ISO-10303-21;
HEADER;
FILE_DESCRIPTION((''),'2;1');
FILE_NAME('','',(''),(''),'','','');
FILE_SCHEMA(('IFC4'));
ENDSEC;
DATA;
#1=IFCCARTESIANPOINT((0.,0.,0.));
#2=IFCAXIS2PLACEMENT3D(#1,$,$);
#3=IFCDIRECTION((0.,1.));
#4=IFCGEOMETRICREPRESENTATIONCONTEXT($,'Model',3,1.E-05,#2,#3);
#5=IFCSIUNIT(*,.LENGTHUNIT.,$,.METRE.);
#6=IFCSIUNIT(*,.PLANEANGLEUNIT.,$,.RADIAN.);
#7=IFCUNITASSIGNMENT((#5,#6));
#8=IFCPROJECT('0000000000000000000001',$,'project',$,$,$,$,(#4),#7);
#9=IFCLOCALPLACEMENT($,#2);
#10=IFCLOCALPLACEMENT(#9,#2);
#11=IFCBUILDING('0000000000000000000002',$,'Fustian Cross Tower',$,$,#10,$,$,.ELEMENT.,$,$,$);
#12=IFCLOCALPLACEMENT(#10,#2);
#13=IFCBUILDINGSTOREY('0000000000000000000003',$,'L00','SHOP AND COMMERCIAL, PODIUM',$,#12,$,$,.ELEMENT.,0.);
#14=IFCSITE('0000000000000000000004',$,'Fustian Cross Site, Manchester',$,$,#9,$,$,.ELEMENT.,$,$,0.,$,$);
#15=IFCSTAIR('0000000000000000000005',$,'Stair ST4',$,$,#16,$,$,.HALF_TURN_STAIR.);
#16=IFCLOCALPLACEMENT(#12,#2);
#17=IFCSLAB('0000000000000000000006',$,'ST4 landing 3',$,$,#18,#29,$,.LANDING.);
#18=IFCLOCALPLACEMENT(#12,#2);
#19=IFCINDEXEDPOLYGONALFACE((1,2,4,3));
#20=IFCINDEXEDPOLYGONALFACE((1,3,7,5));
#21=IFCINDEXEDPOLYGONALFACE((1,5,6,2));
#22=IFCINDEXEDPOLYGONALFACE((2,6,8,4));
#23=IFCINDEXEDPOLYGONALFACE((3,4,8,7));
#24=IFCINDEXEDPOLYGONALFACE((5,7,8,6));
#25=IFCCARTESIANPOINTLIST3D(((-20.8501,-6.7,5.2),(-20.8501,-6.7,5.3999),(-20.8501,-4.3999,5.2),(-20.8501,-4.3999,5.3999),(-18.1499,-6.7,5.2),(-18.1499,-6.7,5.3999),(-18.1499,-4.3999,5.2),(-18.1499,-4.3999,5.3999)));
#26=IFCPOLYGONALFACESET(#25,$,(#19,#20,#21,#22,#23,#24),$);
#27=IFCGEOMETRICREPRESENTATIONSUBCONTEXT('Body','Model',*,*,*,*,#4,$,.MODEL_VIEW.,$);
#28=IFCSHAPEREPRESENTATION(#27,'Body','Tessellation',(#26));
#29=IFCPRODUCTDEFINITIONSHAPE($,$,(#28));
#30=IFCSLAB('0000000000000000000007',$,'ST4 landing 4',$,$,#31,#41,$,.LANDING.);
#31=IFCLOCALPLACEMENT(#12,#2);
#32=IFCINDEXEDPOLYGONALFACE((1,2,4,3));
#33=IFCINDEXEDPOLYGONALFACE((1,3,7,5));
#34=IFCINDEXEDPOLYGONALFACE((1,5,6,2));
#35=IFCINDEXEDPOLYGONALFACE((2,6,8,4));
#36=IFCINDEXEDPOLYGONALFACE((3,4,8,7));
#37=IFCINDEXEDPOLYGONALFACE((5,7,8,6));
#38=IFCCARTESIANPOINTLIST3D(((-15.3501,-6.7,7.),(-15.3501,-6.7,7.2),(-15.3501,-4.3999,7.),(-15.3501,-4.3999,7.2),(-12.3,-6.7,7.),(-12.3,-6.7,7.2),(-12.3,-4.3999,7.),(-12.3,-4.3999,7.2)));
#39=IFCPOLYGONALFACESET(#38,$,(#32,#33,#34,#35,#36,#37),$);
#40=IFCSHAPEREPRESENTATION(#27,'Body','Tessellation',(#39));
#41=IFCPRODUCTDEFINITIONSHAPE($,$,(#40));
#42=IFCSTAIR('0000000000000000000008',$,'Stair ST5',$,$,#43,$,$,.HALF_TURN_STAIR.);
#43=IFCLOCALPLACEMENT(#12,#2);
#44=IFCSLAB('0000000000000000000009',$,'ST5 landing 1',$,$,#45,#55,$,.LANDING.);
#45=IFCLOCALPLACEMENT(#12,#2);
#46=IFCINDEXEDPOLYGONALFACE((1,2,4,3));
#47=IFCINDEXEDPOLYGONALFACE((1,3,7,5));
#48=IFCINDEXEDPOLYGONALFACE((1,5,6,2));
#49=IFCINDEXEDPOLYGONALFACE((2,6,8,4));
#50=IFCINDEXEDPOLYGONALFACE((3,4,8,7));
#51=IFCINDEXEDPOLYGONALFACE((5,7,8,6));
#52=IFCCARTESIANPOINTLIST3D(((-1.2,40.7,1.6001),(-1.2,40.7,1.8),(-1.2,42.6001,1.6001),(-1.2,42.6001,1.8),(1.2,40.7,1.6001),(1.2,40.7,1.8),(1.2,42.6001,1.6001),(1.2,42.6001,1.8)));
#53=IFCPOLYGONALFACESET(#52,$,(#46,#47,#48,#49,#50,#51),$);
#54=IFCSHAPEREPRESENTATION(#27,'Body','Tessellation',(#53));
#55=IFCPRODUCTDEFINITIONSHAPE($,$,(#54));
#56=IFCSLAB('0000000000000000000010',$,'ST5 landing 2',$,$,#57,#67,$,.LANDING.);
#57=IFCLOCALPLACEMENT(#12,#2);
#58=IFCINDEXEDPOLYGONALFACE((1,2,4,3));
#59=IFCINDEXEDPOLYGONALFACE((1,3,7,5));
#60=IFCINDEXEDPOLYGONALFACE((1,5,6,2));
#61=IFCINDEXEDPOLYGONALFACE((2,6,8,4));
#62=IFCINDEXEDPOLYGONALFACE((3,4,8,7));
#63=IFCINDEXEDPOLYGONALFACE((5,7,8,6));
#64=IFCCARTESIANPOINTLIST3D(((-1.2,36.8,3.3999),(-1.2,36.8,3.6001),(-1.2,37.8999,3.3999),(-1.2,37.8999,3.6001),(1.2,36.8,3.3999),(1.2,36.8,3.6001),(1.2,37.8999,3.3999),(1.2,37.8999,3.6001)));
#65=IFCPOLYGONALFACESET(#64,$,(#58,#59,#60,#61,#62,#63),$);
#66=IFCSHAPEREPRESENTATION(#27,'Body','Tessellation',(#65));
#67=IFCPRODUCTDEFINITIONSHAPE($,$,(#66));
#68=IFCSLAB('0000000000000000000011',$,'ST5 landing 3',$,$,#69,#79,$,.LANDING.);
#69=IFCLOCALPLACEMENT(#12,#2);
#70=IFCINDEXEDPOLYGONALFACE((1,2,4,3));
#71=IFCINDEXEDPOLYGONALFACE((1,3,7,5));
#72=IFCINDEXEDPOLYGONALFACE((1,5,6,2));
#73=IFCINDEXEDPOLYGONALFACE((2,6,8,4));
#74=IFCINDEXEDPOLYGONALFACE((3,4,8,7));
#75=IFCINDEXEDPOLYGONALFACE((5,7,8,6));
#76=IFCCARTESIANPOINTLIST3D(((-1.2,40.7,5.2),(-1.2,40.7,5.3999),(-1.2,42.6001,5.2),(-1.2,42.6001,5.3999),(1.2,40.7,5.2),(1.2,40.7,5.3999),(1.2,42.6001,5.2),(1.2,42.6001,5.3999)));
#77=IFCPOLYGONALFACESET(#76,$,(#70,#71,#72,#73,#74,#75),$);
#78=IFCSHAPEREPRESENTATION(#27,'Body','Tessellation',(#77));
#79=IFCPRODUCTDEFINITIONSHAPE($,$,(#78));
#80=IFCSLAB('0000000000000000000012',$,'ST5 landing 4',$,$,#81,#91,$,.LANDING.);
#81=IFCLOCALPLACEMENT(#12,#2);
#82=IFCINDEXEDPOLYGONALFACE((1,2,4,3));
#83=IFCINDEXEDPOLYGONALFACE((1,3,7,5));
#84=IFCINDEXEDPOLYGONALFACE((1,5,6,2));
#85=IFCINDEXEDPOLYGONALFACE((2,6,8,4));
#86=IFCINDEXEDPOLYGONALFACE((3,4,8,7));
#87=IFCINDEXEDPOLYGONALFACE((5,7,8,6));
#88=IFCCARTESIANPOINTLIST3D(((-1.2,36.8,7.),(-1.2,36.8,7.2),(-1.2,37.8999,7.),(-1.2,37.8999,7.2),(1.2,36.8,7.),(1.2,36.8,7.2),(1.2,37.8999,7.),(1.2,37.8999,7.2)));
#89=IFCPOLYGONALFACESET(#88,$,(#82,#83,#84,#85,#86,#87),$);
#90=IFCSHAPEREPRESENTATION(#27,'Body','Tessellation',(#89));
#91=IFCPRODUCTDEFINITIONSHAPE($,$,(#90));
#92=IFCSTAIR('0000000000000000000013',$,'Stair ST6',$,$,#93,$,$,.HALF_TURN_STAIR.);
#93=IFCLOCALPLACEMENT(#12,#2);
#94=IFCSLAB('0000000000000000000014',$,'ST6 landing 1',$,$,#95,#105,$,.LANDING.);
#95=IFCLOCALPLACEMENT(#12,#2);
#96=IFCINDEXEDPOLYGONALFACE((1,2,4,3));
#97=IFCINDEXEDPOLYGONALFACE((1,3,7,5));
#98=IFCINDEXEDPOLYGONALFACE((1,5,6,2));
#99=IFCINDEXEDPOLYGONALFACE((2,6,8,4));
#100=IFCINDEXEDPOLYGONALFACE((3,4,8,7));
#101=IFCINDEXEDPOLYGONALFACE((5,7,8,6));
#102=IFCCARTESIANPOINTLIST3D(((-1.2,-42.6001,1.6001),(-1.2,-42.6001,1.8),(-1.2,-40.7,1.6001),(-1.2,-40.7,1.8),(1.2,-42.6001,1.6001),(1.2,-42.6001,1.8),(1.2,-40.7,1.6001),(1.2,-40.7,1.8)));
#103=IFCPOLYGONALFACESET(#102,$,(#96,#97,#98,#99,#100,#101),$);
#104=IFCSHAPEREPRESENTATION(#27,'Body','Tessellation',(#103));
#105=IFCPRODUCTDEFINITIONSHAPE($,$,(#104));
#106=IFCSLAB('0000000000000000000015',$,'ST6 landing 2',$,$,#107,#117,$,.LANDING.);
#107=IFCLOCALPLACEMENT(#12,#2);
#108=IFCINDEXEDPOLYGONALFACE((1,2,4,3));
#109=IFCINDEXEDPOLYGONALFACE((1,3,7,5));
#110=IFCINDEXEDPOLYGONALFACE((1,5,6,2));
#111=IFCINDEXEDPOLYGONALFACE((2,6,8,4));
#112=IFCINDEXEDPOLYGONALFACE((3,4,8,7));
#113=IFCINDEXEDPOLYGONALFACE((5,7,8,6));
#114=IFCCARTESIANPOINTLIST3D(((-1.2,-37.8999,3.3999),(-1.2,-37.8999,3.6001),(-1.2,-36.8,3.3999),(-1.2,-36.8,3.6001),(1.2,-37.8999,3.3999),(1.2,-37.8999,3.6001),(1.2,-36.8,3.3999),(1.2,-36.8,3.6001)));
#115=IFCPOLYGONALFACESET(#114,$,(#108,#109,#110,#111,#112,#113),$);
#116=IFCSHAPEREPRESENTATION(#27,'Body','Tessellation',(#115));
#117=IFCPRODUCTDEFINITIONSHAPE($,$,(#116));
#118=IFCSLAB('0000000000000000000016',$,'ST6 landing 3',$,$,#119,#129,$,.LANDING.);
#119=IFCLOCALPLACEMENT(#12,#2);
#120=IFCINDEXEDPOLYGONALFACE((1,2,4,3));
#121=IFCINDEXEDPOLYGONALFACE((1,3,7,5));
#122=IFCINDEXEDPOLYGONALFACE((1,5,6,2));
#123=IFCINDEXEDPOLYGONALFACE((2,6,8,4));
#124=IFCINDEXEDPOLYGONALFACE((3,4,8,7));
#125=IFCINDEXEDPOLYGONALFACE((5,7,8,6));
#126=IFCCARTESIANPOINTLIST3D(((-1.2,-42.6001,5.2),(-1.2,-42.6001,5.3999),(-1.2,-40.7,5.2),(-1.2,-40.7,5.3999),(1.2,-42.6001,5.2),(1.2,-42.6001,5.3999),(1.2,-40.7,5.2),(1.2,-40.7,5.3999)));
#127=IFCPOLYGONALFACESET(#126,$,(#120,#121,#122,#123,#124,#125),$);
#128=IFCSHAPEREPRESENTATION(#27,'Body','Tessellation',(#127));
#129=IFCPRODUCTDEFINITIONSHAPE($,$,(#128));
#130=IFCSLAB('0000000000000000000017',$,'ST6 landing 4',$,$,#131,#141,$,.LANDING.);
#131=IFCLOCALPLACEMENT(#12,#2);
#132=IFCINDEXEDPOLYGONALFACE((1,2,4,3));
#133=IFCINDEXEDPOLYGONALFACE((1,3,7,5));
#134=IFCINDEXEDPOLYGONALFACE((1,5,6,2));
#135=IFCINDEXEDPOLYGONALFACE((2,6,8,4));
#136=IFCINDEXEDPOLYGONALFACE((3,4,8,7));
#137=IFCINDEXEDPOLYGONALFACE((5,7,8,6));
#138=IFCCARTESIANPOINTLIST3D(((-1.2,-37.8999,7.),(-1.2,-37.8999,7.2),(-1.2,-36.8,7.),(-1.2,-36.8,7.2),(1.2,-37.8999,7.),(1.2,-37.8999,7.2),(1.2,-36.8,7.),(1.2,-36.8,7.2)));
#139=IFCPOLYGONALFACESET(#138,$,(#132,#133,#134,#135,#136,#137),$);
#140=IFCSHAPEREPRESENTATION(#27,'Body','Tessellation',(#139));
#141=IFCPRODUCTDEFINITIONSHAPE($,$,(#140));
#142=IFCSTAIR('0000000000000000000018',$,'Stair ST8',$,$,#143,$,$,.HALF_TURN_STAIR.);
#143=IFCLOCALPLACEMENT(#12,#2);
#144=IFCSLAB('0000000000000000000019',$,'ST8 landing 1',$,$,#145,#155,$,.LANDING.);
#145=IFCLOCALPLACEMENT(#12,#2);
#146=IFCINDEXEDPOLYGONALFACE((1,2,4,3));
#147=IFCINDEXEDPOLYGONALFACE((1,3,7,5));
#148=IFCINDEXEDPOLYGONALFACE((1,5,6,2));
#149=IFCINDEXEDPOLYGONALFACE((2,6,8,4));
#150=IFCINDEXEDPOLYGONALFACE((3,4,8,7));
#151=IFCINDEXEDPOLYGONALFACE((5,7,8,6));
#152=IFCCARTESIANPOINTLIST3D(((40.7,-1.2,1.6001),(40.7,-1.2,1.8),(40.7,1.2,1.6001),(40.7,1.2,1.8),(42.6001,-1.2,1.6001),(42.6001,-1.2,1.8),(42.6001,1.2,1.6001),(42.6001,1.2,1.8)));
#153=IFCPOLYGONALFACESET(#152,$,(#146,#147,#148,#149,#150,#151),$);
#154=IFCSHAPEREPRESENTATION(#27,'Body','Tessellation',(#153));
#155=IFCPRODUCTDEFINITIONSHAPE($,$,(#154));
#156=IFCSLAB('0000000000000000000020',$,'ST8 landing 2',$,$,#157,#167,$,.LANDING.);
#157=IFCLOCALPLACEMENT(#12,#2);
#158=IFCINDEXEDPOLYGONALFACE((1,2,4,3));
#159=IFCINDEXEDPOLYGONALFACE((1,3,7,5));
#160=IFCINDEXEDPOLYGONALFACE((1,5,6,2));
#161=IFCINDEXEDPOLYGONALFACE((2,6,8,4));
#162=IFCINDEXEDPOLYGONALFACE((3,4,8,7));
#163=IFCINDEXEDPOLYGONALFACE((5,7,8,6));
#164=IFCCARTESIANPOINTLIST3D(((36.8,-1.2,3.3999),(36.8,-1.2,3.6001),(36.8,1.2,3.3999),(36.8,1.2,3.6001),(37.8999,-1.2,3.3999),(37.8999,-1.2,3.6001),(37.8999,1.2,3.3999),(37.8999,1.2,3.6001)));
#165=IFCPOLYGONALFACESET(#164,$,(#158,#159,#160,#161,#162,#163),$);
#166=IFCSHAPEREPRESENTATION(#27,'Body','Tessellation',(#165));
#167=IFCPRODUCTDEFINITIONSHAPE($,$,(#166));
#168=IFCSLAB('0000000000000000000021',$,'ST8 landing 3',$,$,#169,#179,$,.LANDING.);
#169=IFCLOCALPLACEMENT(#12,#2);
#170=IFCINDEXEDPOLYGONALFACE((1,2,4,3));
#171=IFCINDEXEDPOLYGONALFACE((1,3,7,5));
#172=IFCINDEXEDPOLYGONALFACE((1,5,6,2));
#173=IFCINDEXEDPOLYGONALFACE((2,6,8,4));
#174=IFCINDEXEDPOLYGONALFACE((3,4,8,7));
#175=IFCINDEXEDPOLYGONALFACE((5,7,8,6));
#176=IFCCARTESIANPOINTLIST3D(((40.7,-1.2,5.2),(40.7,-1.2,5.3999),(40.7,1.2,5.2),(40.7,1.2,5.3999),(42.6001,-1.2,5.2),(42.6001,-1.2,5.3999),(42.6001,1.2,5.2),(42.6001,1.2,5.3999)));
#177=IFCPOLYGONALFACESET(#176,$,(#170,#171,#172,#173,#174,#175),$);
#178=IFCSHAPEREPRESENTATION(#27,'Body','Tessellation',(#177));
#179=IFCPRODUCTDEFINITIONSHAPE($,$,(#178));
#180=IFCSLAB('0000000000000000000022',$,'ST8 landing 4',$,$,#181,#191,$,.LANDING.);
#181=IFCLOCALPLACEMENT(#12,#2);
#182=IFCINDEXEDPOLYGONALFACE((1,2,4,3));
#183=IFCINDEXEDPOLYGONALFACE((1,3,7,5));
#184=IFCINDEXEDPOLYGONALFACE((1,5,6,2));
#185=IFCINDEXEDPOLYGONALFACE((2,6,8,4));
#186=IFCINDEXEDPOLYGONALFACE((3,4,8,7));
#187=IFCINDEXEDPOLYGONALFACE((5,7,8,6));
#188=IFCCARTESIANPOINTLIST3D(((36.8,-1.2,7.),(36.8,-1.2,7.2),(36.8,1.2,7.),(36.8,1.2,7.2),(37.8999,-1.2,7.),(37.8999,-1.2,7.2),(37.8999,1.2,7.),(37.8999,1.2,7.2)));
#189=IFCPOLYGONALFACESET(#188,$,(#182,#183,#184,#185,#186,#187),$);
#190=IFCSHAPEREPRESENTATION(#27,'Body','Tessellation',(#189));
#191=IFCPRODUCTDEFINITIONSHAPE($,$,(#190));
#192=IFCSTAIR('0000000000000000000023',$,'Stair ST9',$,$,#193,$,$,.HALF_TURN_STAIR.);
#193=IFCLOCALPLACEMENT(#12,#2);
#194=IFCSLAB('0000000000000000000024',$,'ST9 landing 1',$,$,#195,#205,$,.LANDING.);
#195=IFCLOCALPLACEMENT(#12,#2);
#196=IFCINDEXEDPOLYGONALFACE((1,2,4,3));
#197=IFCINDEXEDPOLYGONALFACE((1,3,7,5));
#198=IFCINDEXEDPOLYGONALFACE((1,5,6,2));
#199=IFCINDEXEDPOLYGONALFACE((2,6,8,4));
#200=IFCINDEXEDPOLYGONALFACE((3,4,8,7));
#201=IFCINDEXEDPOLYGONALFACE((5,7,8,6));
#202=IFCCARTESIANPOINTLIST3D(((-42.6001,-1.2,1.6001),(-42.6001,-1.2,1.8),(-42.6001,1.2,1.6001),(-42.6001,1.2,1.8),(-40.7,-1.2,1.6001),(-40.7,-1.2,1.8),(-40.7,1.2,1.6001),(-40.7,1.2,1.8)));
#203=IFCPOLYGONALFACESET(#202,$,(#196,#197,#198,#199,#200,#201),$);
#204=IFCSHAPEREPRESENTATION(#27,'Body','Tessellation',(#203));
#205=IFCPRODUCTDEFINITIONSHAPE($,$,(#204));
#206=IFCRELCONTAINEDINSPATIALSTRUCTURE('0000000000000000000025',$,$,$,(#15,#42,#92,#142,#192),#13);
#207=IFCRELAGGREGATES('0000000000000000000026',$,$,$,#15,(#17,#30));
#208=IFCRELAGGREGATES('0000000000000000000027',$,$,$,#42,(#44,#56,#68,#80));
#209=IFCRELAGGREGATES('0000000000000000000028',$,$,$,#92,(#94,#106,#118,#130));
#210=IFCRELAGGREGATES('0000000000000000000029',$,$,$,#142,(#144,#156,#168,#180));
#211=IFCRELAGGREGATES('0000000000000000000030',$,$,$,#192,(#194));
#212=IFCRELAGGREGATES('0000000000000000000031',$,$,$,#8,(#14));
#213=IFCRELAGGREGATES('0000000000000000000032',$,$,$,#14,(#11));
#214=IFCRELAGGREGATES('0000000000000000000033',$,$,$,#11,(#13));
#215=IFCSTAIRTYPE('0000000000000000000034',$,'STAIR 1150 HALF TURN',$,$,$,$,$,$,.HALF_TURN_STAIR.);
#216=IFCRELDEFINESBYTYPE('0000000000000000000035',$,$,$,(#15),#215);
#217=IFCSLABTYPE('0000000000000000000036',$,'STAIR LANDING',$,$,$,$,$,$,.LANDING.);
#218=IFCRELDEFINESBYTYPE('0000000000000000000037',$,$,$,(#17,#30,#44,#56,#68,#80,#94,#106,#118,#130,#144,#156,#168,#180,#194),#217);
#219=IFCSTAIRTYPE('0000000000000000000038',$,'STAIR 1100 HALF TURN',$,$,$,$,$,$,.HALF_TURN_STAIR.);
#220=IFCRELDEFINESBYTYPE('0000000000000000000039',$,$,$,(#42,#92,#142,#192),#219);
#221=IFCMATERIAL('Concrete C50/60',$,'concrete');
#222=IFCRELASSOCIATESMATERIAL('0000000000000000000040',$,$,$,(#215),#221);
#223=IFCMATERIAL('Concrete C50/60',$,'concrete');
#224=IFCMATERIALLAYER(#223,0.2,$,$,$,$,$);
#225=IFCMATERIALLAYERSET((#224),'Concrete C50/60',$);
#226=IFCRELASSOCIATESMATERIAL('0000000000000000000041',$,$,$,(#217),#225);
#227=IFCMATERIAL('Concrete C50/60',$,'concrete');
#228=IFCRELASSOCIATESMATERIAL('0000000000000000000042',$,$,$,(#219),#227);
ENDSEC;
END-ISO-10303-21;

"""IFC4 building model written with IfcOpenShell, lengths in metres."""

from ifc_helpers import new_model, si_unit, direction, frame, origin, place, context, subcontext, project, spatial, polyline, outline, extrude, material, layer, layer_set, type_object, element, aggregate, save


model = new_model("IFC4")

# Units and contexts
model_context = context("Model", 3, precision=1e-05, world=origin(), true_north=direction((0.0, 1.0)))
body_context = subcontext(model_context, "Body", "Model", "MODEL_VIEW")
ifc_project = project(units=[si_unit("LENGTHUNIT", "METRE"), si_unit("PLANEANGLEUNIT", "RADIAN")], contexts=[model_context])

# Site, building, storey
site_placement = place(None, origin())
site = spatial("IfcSite", under=ifc_project, at=site_placement, Name="Fustian Cross Site, Manchester", CompositionType="ELEMENT", RefElevation=0.0)
building_placement = place(site_placement, origin())
building = spatial("IfcBuilding", under=site, at=building_placement, Name="Fustian Cross Tower", CompositionType="ELEMENT")
storey_placement = place(building_placement, origin())
storey = spatial("IfcBuildingStorey", under=building, at=storey_placement, Name="L00", Description="SHOP AND COMMERCIAL, PODIUM", CompositionType="ELEMENT", Elevation=0.0)

# Stairs, slabs
ifc_material_1 = material(Name="Concrete C50/60", Category="concrete")
stair_type_1 = type_object("IfcStairType", Name="STAIR 1150 HALF TURN", PredefinedType="HALF_TURN_STAIR", material=ifc_material_1)
ifc_material_2 = material(Name="Concrete C50/60", Category="concrete")
ifc_layer_1 = layer(ifc_material_2, 0.2)
ifc_layer_set_1 = layer_set([ifc_layer_1], Name="Concrete C50/60")
slab_type = type_object("IfcSlabType", Name="STAIR LANDING", PredefinedType="LANDING", material=ifc_layer_set_1)
stair_1_placement = place(storey_placement, origin())
stair_1 = element("IfcStair", 1, at=stair_1_placement, inside=storey, type_object=stair_type_1, Name="Stair ST4", PredefinedType="HALF_TURN_STAIR")
slab_1_placement = place(storey_placement, frame((0.0, 0.0, 5.2)))
slab_1 = element("IfcSlab", 2, at=slab_1_placement, type_object=slab_type, Name="ST4 landing 3", PredefinedType="LANDING", context=body_context, shape_type="SweptSolid", body=[
    extrude(outline(polyline([(-18.1499, -4.3999), (-20.8501, -4.3999), (-20.8501, -6.7), (-18.1499, -6.7), (-18.1499, -4.3999)])), origin(), (0.0, 0.0, 1.0), 0.2),
])
slab_2_placement = place(storey_placement, frame((0.0, 0.0, 7.0)))
slab_2 = element("IfcSlab", 3, at=slab_2_placement, type_object=slab_type, Name="ST4 landing 4", PredefinedType="LANDING", context=body_context, shape_type="SweptSolid", body=[
    extrude(outline(polyline([(-12.3, -4.3999), (-15.3501, -4.3999), (-15.3501, -6.7), (-12.3, -6.7), (-12.3, -4.3999)])), origin(), (0.0, 0.0, 1.0), 0.2),
])
aggregate(stair_1, [slab_1, slab_2])
ifc_material_3 = material(Name="Concrete C50/60", Category="concrete")
stair_type_2 = type_object("IfcStairType", Name="STAIR 1100 HALF TURN", PredefinedType="HALF_TURN_STAIR", material=ifc_material_3)
stair_2_placement = place(storey_placement, origin())
stair_2 = element("IfcStair", 4, at=stair_2_placement, inside=storey, type_object=stair_type_2, Name="Stair ST5", PredefinedType="HALF_TURN_STAIR")
slab_3_placement = place(storey_placement, frame((0.0, 0.0, 1.6001)))
slab_3 = element("IfcSlab", 5, at=slab_3_placement, type_object=slab_type, Name="ST5 landing 1", PredefinedType="LANDING", context=body_context, shape_type="SweptSolid", body=[
    extrude(outline(polyline([(-1.2, 40.7), (-1.2, 42.6001), (1.2, 42.6001), (1.2, 40.7), (-1.2, 40.7)])), origin(), (0.0, 0.0, 1.0), 0.2),
])
slab_4_placement = place(storey_placement, frame((0.0, 0.0, 3.3999)))
slab_4 = element("IfcSlab", 6, at=slab_4_placement, type_object=slab_type, Name="ST5 landing 2", PredefinedType="LANDING", context=body_context, shape_type="SweptSolid", body=[
    extrude(outline(polyline([(-1.2, 36.8), (-1.2, 37.8999), (1.2, 37.8999), (1.2, 36.8), (-1.2, 36.8)])), origin(), (0.0, 0.0, 1.0), 0.2002),
])
slab_5_placement = place(storey_placement, frame((0.0, 0.0, 5.2)))
slab_5 = element("IfcSlab", 7, at=slab_5_placement, type_object=slab_type, Name="ST5 landing 3", PredefinedType="LANDING", context=body_context, shape_type="SweptSolid", body=[
    extrude(outline(polyline([(-1.2, 40.7), (-1.2, 42.6001), (1.2, 42.6001), (1.2, 40.7), (-1.2, 40.7)])), origin(), (0.0, 0.0, 1.0), 0.2),
])
slab_6_placement = place(storey_placement, frame((0.0, 0.0, 7.0)))
slab_6 = element("IfcSlab", 8, at=slab_6_placement, type_object=slab_type, Name="ST5 landing 4", PredefinedType="LANDING", context=body_context, shape_type="SweptSolid", body=[
    extrude(outline(polyline([(-1.2, 36.8), (-1.2, 37.8999), (1.2, 37.8999), (1.2, 36.8), (-1.2, 36.8)])), origin(), (0.0, 0.0, 1.0), 0.2),
])
aggregate(stair_2, [slab_3, slab_4, slab_5, slab_6])
stair_3_placement = place(storey_placement, origin())
stair_3 = element("IfcStair", 9, at=stair_3_placement, inside=storey, type_object=stair_type_2, Name="Stair ST6", PredefinedType="HALF_TURN_STAIR")
slab_7_placement = place(storey_placement, frame((0.0, 0.0, 1.6001)))
slab_7 = element("IfcSlab", 10, at=slab_7_placement, type_object=slab_type, Name="ST6 landing 1", PredefinedType="LANDING", context=body_context, shape_type="SweptSolid", body=[
    extrude(outline(polyline([(-1.2, -40.7), (-1.2, -42.6001), (1.2, -42.6001), (1.2, -40.7), (-1.2, -40.7)])), origin(), (0.0, 0.0, 1.0), 0.2),
])
slab_8_placement = place(storey_placement, frame((0.0, 0.0, 3.3999)))
slab_8 = element("IfcSlab", 11, at=slab_8_placement, type_object=slab_type, Name="ST6 landing 2", PredefinedType="LANDING", context=body_context, shape_type="SweptSolid", body=[
    extrude(outline(polyline([(-1.2, -36.8), (-1.2, -37.8999), (1.2, -37.8999), (1.2, -36.8), (-1.2, -36.8)])), origin(), (0.0, 0.0, 1.0), 0.2002),
])
slab_9_placement = place(storey_placement, frame((0.0, 0.0, 5.2)))
slab_9 = element("IfcSlab", 12, at=slab_9_placement, type_object=slab_type, Name="ST6 landing 3", PredefinedType="LANDING", context=body_context, shape_type="SweptSolid", body=[
    extrude(outline(polyline([(-1.2, -40.7), (-1.2, -42.6001), (1.2, -42.6001), (1.2, -40.7), (-1.2, -40.7)])), origin(), (0.0, 0.0, 1.0), 0.2),
])
slab_10_placement = place(storey_placement, frame((0.0, 0.0, 7.0)))
slab_10 = element("IfcSlab", 13, at=slab_10_placement, type_object=slab_type, Name="ST6 landing 4", PredefinedType="LANDING", context=body_context, shape_type="SweptSolid", body=[
    extrude(outline(polyline([(-1.2, -36.8), (-1.2, -37.8999), (1.2, -37.8999), (1.2, -36.8), (-1.2, -36.8)])), origin(), (0.0, 0.0, 1.0), 0.2),
])
aggregate(stair_3, [slab_7, slab_8, slab_9, slab_10])
stair_4_placement = place(storey_placement, origin())
stair_4 = element("IfcStair", 14, at=stair_4_placement, inside=storey, type_object=stair_type_2, Name="Stair ST8", PredefinedType="HALF_TURN_STAIR")
slab_11_placement = place(storey_placement, frame((0.0, 0.0, 1.6001)))
slab_11 = element("IfcSlab", 15, at=slab_11_placement, type_object=slab_type, Name="ST8 landing 1", PredefinedType="LANDING", context=body_context, shape_type="SweptSolid", body=[
    extrude(outline(polyline([(40.7, -1.2), (42.6001, -1.2), (42.6001, 1.2), (40.7, 1.2), (40.7, -1.2)])), origin(), (0.0, 0.0, 1.0), 0.2),
])
slab_12_placement = place(storey_placement, frame((0.0, 0.0, 3.3999)))
slab_12 = element("IfcSlab", 16, at=slab_12_placement, type_object=slab_type, Name="ST8 landing 2", PredefinedType="LANDING", context=body_context, shape_type="SweptSolid", body=[
    extrude(outline(polyline([(36.8, -1.2), (37.8999, -1.2), (37.8999, 1.2), (36.8, 1.2), (36.8, -1.2)])), origin(), (0.0, 0.0, 1.0), 0.2002),
])
slab_13_placement = place(storey_placement, frame((0.0, 0.0, 5.2)))
slab_13 = element("IfcSlab", 17, at=slab_13_placement, type_object=slab_type, Name="ST8 landing 3", PredefinedType="LANDING", context=body_context, shape_type="SweptSolid", body=[
    extrude(outline(polyline([(40.7, -1.2), (42.6001, -1.2), (42.6001, 1.2), (40.7, 1.2), (40.7, -1.2)])), origin(), (0.0, 0.0, 1.0), 0.2),
])
slab_14_placement = place(storey_placement, frame((0.0, 0.0, 7.0)))
slab_14 = element("IfcSlab", 18, at=slab_14_placement, type_object=slab_type, Name="ST8 landing 4", PredefinedType="LANDING", context=body_context, shape_type="SweptSolid", body=[
    extrude(outline(polyline([(36.8, -1.2), (37.8999, -1.2), (37.8999, 1.2), (36.8, 1.2), (36.8, -1.2)])), origin(), (0.0, 0.0, 1.0), 0.2),
])
aggregate(stair_4, [slab_11, slab_12, slab_13, slab_14])
stair_5_placement = place(storey_placement, origin())
stair_5 = element("IfcStair", 19, at=stair_5_placement, inside=storey, type_object=stair_type_2, Name="Stair ST9", PredefinedType="HALF_TURN_STAIR")
slab_15_placement = place(storey_placement, frame((0.0, 0.0, 1.6001)))
slab_15 = element("IfcSlab", 20, at=slab_15_placement, type_object=slab_type, Name="ST9 landing 1", PredefinedType="LANDING", context=body_context, shape_type="SweptSolid", body=[
    extrude(outline(polyline([(-40.7, -1.2), (-42.6001, -1.2), (-42.6001, 1.2), (-40.7, 1.2), (-40.7, -1.2)])), origin(), (0.0, 0.0, 1.0), 0.2),
])
aggregate(stair_5, [slab_15])

save(model, "model.ifc")
